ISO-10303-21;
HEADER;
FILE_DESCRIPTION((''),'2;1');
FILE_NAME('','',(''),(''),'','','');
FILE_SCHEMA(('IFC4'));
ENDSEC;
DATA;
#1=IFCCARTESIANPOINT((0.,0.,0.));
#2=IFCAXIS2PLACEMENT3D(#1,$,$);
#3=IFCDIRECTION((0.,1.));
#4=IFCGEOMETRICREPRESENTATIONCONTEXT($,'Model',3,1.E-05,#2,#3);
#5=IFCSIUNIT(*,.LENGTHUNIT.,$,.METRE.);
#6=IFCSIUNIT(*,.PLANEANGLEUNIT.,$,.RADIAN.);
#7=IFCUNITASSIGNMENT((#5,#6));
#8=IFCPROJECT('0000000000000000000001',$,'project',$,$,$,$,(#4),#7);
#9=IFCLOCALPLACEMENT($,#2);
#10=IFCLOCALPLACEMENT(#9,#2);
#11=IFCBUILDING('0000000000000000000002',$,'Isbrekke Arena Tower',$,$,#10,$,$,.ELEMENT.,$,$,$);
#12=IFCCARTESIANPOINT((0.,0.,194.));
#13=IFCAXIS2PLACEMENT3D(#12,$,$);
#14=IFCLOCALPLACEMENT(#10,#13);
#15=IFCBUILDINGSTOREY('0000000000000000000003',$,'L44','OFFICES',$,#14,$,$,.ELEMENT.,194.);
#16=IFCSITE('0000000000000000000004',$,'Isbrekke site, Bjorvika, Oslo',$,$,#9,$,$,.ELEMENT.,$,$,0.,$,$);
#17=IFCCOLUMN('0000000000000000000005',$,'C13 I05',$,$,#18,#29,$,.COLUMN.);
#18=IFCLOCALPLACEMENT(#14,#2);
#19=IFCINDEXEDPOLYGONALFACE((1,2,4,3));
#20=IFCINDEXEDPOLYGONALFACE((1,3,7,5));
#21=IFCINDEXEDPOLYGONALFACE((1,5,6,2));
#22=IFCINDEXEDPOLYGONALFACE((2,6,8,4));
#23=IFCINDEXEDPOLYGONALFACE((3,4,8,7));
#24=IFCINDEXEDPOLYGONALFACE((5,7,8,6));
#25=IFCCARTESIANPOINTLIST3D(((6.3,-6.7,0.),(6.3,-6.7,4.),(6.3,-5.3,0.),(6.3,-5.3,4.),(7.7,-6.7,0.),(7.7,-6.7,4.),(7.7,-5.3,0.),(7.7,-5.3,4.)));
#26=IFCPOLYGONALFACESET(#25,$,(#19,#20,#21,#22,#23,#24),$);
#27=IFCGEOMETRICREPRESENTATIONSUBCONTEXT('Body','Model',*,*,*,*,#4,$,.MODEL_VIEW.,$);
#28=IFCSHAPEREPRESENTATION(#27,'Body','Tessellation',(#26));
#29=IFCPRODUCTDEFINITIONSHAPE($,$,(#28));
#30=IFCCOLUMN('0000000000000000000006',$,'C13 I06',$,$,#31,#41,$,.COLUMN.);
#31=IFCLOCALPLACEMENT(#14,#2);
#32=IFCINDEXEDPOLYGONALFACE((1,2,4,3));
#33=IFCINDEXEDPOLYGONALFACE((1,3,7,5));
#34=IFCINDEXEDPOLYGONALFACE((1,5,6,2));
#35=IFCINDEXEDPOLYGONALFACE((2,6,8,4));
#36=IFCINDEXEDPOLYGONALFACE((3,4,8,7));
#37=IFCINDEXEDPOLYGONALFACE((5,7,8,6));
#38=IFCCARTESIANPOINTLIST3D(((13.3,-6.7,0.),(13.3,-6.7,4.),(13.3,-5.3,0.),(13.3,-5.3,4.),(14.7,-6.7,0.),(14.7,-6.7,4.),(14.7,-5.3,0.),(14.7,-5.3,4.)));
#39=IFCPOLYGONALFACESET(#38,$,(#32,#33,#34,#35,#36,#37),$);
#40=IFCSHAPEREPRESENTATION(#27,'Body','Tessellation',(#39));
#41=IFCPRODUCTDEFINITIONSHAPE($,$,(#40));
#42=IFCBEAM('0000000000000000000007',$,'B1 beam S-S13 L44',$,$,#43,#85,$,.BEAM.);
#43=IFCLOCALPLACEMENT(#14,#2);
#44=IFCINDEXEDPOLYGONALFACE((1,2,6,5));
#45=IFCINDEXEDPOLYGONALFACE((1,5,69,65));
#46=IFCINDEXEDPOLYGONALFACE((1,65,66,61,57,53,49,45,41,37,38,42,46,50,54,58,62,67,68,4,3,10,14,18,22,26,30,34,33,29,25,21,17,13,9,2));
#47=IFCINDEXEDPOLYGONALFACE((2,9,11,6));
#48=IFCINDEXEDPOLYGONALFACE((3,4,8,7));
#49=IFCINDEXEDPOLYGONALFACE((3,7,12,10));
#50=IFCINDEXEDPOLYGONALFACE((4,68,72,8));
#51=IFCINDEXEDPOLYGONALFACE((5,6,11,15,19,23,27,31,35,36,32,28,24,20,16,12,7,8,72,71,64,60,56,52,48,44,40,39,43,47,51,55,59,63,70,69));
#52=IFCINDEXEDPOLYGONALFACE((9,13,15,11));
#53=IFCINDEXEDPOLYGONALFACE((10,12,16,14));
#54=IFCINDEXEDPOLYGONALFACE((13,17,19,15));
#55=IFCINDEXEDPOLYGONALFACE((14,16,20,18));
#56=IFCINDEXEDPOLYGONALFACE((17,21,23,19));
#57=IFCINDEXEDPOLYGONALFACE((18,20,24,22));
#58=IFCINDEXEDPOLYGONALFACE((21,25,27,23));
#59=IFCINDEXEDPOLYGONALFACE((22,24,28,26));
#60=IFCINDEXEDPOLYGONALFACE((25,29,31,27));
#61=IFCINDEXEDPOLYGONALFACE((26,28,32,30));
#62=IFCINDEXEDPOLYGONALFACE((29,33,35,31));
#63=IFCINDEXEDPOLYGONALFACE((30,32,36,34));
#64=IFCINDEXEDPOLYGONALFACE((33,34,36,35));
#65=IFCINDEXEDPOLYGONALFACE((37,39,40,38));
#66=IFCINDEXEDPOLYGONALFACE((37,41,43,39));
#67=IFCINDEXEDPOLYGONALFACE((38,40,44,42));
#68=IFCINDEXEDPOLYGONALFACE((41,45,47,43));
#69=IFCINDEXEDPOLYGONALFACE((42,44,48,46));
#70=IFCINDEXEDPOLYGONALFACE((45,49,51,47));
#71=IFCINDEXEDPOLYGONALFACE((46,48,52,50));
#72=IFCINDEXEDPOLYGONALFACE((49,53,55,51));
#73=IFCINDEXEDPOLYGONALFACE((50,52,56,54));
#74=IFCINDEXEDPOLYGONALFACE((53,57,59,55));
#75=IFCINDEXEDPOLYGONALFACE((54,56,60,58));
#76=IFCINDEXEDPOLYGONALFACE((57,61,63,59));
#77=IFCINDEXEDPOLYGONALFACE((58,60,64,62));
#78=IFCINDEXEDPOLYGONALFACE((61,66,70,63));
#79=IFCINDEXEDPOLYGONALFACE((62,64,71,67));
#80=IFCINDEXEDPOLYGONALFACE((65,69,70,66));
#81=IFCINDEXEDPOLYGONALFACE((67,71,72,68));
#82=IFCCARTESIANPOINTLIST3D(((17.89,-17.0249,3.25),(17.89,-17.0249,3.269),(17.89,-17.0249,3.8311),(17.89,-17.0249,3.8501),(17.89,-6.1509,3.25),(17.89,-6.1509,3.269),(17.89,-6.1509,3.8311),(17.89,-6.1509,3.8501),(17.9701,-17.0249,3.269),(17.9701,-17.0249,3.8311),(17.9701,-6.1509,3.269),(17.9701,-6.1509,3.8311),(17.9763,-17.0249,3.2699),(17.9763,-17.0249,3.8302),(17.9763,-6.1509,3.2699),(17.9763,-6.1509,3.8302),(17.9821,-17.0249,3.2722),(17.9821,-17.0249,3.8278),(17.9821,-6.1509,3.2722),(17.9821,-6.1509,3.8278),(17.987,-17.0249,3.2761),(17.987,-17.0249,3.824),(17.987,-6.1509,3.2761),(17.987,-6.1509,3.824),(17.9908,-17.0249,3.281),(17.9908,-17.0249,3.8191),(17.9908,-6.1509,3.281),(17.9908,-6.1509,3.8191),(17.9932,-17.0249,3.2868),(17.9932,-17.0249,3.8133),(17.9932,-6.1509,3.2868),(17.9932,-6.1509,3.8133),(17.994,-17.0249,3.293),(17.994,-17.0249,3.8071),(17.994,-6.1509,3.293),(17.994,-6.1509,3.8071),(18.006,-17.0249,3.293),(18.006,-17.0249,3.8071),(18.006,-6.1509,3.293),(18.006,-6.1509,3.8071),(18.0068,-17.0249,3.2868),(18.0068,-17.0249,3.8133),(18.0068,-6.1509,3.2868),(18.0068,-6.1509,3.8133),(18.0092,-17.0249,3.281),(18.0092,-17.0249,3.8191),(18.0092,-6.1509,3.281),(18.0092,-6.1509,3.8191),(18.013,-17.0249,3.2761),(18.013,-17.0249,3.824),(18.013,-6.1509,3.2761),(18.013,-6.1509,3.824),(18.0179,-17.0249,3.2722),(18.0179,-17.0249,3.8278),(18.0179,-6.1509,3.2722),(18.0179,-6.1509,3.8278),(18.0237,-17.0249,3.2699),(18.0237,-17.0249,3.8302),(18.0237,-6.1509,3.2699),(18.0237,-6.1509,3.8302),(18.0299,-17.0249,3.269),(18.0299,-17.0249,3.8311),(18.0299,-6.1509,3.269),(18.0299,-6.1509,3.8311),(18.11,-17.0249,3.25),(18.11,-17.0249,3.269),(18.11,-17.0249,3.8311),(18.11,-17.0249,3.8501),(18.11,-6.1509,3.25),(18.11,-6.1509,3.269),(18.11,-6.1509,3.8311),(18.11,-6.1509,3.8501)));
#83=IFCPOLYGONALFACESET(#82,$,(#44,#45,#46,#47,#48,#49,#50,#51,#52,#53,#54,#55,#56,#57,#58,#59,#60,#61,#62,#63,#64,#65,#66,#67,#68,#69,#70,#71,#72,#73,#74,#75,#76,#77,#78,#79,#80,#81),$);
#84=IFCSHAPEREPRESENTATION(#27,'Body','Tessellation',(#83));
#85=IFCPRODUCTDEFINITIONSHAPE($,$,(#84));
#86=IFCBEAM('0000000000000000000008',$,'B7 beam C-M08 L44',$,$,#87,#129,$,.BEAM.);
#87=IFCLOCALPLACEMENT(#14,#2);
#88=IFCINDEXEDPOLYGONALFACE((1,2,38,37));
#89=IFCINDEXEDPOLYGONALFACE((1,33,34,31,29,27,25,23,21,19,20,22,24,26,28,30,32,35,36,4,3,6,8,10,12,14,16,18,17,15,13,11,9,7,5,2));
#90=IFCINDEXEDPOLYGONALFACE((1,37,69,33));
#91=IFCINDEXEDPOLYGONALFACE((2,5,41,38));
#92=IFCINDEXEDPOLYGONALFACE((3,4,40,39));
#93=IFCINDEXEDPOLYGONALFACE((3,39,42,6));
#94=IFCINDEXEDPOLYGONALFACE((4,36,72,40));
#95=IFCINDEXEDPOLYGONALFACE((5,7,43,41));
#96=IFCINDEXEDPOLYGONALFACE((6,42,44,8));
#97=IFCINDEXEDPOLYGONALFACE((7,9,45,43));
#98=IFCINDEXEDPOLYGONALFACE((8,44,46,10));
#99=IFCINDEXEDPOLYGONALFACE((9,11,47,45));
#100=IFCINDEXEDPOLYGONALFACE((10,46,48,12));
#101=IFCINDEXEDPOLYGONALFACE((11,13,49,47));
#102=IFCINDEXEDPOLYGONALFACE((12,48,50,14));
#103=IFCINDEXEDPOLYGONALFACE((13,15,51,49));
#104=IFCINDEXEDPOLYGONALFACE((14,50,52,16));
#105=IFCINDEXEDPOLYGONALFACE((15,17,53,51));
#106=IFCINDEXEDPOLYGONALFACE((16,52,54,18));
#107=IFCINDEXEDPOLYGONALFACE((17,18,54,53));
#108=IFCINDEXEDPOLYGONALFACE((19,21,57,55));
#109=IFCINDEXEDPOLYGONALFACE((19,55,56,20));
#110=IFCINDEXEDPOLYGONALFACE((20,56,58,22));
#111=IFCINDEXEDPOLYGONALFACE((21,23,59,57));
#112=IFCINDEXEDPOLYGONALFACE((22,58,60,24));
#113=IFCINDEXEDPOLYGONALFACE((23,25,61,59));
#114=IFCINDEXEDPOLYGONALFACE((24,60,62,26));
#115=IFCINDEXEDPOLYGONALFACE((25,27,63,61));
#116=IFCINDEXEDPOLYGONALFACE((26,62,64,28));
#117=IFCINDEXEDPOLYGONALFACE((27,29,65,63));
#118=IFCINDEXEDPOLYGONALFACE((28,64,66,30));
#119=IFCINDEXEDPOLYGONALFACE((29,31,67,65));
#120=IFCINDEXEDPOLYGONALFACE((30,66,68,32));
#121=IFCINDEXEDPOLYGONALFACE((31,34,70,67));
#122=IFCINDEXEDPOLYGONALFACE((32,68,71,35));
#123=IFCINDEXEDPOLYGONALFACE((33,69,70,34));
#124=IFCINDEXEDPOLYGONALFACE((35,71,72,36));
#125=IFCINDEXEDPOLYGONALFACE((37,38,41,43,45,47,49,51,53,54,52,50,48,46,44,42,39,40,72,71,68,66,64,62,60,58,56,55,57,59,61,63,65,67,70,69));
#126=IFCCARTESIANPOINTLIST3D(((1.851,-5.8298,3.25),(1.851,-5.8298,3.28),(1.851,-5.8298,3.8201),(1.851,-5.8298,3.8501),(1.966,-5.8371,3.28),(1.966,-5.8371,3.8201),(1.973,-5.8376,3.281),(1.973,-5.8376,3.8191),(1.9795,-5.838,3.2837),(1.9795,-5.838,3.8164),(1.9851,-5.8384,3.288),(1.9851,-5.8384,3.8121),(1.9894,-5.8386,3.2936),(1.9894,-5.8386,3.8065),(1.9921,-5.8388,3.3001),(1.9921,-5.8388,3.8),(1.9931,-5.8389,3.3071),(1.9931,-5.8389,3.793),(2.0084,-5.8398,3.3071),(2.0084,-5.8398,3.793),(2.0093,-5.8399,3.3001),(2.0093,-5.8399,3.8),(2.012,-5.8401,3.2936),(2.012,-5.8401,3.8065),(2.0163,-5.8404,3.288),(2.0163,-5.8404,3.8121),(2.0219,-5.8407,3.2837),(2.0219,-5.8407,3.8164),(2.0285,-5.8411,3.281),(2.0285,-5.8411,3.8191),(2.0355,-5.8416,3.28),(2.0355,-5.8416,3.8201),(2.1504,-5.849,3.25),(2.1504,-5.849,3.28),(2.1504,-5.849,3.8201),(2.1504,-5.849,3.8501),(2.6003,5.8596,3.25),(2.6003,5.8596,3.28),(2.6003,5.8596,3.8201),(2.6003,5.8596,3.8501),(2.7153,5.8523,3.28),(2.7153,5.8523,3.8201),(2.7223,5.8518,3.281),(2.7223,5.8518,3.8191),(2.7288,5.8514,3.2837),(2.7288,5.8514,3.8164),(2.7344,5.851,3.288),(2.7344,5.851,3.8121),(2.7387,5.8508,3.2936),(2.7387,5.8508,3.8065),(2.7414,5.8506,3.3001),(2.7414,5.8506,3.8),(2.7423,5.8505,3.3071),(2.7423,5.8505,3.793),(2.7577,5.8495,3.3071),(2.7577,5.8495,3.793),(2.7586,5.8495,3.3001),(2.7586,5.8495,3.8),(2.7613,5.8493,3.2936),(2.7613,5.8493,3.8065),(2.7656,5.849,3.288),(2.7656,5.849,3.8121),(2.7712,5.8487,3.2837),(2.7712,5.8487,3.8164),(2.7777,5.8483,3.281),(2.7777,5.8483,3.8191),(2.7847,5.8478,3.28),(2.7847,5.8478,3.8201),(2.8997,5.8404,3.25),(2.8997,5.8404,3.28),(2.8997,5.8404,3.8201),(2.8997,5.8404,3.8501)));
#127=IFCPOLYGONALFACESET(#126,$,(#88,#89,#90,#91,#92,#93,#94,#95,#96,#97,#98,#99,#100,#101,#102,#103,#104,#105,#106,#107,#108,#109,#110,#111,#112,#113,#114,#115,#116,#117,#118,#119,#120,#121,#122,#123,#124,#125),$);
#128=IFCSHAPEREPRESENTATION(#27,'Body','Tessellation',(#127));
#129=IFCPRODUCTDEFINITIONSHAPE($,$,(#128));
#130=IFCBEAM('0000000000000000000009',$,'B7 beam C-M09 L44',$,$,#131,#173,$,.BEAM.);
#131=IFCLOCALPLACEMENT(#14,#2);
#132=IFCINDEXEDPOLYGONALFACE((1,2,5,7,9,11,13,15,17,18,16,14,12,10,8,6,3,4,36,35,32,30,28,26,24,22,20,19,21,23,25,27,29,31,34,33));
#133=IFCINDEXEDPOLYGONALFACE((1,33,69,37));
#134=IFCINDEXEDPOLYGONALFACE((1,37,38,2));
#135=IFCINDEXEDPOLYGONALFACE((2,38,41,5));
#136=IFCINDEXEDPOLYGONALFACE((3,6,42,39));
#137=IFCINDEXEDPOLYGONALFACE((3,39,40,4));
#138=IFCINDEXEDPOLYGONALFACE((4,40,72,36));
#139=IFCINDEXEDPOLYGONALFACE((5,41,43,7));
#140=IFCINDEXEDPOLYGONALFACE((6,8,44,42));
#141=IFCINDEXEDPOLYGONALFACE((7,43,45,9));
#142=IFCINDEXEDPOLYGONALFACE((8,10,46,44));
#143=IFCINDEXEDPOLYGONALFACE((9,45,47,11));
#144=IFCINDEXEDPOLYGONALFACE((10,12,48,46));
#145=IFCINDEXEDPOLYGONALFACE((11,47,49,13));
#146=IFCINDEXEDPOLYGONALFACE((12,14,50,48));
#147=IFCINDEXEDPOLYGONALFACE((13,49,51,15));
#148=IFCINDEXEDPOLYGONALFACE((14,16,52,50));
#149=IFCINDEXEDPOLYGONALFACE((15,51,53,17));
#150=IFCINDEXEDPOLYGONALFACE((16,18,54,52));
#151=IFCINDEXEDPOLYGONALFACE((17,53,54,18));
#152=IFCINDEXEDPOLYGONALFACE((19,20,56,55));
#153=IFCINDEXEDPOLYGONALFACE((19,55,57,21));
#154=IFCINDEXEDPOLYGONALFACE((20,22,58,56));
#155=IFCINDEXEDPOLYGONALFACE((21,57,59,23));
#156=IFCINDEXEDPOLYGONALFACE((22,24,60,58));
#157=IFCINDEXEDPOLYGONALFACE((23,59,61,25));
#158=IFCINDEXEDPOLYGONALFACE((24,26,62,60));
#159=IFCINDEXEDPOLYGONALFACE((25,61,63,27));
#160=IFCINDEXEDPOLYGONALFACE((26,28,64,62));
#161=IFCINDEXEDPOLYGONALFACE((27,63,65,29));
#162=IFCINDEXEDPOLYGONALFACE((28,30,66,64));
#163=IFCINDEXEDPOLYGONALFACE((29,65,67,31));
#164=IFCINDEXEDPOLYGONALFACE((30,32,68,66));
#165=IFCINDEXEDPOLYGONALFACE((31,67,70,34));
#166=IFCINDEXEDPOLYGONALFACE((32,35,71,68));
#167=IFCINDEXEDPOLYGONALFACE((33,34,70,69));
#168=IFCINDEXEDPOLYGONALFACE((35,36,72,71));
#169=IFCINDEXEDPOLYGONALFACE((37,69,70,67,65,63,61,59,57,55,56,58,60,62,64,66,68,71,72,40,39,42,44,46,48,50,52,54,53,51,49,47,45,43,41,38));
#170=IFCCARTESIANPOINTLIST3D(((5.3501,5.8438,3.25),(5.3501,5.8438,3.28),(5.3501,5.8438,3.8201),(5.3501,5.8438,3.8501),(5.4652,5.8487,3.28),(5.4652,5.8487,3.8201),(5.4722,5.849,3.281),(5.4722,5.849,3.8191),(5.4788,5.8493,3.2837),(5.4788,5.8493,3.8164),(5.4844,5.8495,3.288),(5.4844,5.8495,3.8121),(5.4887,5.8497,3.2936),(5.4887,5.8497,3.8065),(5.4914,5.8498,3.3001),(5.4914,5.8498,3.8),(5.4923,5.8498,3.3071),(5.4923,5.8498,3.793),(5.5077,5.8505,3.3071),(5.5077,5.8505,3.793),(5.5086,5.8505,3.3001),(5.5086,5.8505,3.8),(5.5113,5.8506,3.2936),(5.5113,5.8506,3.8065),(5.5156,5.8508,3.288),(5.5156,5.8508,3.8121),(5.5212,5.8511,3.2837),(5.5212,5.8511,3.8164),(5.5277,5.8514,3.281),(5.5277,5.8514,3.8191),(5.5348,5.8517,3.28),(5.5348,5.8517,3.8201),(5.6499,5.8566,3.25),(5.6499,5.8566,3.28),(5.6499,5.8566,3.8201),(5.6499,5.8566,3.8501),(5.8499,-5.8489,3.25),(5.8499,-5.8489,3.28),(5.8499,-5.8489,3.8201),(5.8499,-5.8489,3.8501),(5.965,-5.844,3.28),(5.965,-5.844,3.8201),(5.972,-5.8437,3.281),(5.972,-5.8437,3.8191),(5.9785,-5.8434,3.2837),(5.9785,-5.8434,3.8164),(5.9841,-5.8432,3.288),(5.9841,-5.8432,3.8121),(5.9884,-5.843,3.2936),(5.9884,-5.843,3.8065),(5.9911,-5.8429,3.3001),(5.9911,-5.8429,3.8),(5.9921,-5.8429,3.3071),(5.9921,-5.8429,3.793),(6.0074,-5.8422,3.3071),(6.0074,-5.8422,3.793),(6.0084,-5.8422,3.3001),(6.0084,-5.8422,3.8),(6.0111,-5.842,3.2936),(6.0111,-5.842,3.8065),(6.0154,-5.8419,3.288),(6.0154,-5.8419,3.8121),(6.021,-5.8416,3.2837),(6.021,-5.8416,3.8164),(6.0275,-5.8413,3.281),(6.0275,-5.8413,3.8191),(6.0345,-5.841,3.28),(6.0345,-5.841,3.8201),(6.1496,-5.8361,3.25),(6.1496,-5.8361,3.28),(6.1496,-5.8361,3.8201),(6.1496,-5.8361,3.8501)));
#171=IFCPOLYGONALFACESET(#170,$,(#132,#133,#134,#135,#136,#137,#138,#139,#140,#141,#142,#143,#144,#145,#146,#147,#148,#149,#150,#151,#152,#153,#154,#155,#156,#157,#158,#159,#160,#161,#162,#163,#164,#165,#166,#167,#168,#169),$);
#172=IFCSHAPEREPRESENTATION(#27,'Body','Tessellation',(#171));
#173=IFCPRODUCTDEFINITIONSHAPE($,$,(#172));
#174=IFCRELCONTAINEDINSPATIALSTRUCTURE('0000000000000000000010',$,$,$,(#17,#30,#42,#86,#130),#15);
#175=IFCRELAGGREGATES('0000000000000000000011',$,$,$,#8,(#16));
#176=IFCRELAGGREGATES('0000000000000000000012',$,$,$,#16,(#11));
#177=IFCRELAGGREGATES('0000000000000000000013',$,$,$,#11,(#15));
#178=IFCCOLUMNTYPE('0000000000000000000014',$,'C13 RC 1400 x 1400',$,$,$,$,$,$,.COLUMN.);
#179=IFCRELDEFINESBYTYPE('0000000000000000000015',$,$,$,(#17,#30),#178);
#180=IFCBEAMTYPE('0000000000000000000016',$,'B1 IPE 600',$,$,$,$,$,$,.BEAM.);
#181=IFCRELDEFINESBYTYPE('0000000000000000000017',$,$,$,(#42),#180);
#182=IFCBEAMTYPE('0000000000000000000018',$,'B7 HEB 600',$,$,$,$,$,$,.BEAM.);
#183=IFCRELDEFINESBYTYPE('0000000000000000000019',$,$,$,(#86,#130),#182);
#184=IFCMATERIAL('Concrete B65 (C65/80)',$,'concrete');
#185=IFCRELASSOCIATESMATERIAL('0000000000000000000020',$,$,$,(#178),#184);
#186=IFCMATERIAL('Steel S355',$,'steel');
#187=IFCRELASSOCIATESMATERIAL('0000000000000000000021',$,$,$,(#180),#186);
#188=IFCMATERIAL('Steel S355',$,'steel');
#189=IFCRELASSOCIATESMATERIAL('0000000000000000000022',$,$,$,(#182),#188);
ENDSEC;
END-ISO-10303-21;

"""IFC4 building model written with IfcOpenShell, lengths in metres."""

from ifc_helpers import new_model, si_unit, direction, frame, origin, origin_2d, place, context, subcontext, project, spatial, rectangle, i_section, extrude, material, material_profile, profile_set, type_object, element, save


model = new_model("IFC4")

# Units and contexts
model_context = context("Model", 3, precision=1e-05, world=origin(), true_north=direction((0.0, 1.0)))
body_context = subcontext(model_context, "Body", "Model", "MODEL_VIEW")
ifc_project = project(units=[si_unit("LENGTHUNIT", "METRE"), si_unit("PLANEANGLEUNIT", "RADIAN")], contexts=[model_context])

# Site, building, storey
site_placement = place(None, origin())
site = spatial("IfcSite", under=ifc_project, at=site_placement, Name="Isbrekke site, Bjorvika, Oslo", CompositionType="ELEMENT", RefElevation=0.0)
building_placement = place(site_placement, origin())
building = spatial("IfcBuilding", under=site, at=building_placement, Name="Isbrekke Arena Tower", CompositionType="ELEMENT")
storey_placement = place(building_placement, frame((0.0, 0.0, 194.0)))
storey = spatial("IfcBuildingStorey", under=building, at=storey_placement, Name="L44", Description="OFFICES", CompositionType="ELEMENT", Elevation=194.0)

# Columns
ifc_material_1 = material(Name="Concrete B65 (C65/80)", Category="concrete")
ifc_material_profile_1 = material_profile(ifc_material_1, rectangle(XDim=1.3999, YDim=1.3999, at=origin_2d()), Name="RC 1400x1400")
ifc_profile_set_1 = profile_set([ifc_material_profile_1], Name="Concrete B65 (C65/80)")
column_type = type_object("IfcColumnType", Name="C13 RC 1400 x 1400", PredefinedType="COLUMN", material=ifc_profile_set_1)
for number, where, z_axis, x_axis, name in (
    (1, (7.0, -6.0, 0.0), (0.0, 0.0, 1.0), (1.0, 0.0, 0.0), "C13 I05"),
    (2, (14.0, -6.0, 0.0), (0.0, 0.0, 1.0), (1.0, 0.0, 0.0), "C13 I06"),
):
    element("IfcColumn", number, at=place(storey_placement, frame(where, z_axis=z_axis, x_axis=x_axis)), inside=storey, type_object=column_type, Name=name, PredefinedType="COLUMN", context=body_context, shape_type="SweptSolid", body=[
        extrude(rectangle(XDim=1.3999, YDim=1.3999, at=origin_2d()), origin(), (0.0, 0.0, 1.0), 4.0),
    ])

# Beams
ifc_material_2 = material(Name="Steel S355", Category="steel")
ifc_material_profile_2 = material_profile(ifc_material_2, i_section(OverallWidth=0.22, OverallDepth=0.6001, WebThickness=0.012, FlangeThickness=0.019, FilletRadius=0.0239, at=origin_2d()), Name="IPE 600")
ifc_profile_set_2 = profile_set([ifc_material_profile_2], Name="Steel S355")
beam_type_1 = type_object("IfcBeamType", Name="B1 IPE 600", PredefinedType="BEAM", material=ifc_profile_set_2)
beam_1_placement = place(storey_placement, frame((18.0, -17.0249, 3.55), z_axis=(0.0, 1.0, 0.0), x_axis=(-1.0, 0.0, 0.0)))
element("IfcBeam", 3, at=beam_1_placement, inside=storey, type_object=beam_type_1, Name="B1 beam S-S13 L44", PredefinedType="BEAM", context=body_context, shape_type="SweptSolid", body=[
    extrude(i_section(OverallWidth=0.22, OverallDepth=0.6001, WebThickness=0.012, FlangeThickness=0.019, FilletRadius=0.0239, at=origin_2d()), origin(), (0.0, 0.0, 1.0), 10.874),
])
ifc_material_3 = material(Name="Steel S355", Category="steel")
ifc_material_profile_3 = material_profile(ifc_material_3, i_section(OverallWidth=0.3, OverallDepth=0.6001, WebThickness=0.0154, FlangeThickness=0.03, FilletRadius=0.0271, at=origin_2d()), Name="HEB 600")
ifc_profile_set_3 = profile_set([ifc_material_profile_3], Name="Steel S355")
beam_type_2 = type_object("IfcBeamType", Name="B7 HEB 600", PredefinedType="BEAM", material=ifc_profile_set_3)
beam_2_placement = place(storey_placement, frame((2.0007, -5.8394, 3.55), z_axis=(0.063966, 0.997952, 0.0), x_axis=(-0.997952, 0.063966, 0.0)))
element("IfcBeam", 4, at=beam_2_placement, inside=storey, type_object=beam_type_2, Name="B7 beam C-M08 L44", PredefinedType="BEAM", context=body_context, shape_type="SweptSolid", body=[
    extrude(i_section(OverallWidth=0.3, OverallDepth=0.6001, WebThickness=0.0154, FlangeThickness=0.03, FilletRadius=0.0271, at=origin_2d()), origin(), (0.0, 0.0, 1.0), 11.7134),
])
beam_3_placement = place(storey_placement, frame((5.9998, -5.8425, 3.55), z_axis=(-0.042702, 0.999088, 0.0), x_axis=(-0.999088, -0.042702, 0.0)))
element("IfcBeam", 5, at=beam_3_placement, inside=storey, type_object=beam_type_2, Name="B7 beam C-M09 L44", PredefinedType="BEAM", context=body_context, shape_type="SweptSolid", body=[
    extrude(i_section(OverallWidth=0.3, OverallDepth=0.6001, WebThickness=0.0154, FlangeThickness=0.03, FilletRadius=0.0271, at=origin_2d()), origin(), (0.0, 0.0, 1.0), 11.7034),
])

save(model, "model.ifc")
